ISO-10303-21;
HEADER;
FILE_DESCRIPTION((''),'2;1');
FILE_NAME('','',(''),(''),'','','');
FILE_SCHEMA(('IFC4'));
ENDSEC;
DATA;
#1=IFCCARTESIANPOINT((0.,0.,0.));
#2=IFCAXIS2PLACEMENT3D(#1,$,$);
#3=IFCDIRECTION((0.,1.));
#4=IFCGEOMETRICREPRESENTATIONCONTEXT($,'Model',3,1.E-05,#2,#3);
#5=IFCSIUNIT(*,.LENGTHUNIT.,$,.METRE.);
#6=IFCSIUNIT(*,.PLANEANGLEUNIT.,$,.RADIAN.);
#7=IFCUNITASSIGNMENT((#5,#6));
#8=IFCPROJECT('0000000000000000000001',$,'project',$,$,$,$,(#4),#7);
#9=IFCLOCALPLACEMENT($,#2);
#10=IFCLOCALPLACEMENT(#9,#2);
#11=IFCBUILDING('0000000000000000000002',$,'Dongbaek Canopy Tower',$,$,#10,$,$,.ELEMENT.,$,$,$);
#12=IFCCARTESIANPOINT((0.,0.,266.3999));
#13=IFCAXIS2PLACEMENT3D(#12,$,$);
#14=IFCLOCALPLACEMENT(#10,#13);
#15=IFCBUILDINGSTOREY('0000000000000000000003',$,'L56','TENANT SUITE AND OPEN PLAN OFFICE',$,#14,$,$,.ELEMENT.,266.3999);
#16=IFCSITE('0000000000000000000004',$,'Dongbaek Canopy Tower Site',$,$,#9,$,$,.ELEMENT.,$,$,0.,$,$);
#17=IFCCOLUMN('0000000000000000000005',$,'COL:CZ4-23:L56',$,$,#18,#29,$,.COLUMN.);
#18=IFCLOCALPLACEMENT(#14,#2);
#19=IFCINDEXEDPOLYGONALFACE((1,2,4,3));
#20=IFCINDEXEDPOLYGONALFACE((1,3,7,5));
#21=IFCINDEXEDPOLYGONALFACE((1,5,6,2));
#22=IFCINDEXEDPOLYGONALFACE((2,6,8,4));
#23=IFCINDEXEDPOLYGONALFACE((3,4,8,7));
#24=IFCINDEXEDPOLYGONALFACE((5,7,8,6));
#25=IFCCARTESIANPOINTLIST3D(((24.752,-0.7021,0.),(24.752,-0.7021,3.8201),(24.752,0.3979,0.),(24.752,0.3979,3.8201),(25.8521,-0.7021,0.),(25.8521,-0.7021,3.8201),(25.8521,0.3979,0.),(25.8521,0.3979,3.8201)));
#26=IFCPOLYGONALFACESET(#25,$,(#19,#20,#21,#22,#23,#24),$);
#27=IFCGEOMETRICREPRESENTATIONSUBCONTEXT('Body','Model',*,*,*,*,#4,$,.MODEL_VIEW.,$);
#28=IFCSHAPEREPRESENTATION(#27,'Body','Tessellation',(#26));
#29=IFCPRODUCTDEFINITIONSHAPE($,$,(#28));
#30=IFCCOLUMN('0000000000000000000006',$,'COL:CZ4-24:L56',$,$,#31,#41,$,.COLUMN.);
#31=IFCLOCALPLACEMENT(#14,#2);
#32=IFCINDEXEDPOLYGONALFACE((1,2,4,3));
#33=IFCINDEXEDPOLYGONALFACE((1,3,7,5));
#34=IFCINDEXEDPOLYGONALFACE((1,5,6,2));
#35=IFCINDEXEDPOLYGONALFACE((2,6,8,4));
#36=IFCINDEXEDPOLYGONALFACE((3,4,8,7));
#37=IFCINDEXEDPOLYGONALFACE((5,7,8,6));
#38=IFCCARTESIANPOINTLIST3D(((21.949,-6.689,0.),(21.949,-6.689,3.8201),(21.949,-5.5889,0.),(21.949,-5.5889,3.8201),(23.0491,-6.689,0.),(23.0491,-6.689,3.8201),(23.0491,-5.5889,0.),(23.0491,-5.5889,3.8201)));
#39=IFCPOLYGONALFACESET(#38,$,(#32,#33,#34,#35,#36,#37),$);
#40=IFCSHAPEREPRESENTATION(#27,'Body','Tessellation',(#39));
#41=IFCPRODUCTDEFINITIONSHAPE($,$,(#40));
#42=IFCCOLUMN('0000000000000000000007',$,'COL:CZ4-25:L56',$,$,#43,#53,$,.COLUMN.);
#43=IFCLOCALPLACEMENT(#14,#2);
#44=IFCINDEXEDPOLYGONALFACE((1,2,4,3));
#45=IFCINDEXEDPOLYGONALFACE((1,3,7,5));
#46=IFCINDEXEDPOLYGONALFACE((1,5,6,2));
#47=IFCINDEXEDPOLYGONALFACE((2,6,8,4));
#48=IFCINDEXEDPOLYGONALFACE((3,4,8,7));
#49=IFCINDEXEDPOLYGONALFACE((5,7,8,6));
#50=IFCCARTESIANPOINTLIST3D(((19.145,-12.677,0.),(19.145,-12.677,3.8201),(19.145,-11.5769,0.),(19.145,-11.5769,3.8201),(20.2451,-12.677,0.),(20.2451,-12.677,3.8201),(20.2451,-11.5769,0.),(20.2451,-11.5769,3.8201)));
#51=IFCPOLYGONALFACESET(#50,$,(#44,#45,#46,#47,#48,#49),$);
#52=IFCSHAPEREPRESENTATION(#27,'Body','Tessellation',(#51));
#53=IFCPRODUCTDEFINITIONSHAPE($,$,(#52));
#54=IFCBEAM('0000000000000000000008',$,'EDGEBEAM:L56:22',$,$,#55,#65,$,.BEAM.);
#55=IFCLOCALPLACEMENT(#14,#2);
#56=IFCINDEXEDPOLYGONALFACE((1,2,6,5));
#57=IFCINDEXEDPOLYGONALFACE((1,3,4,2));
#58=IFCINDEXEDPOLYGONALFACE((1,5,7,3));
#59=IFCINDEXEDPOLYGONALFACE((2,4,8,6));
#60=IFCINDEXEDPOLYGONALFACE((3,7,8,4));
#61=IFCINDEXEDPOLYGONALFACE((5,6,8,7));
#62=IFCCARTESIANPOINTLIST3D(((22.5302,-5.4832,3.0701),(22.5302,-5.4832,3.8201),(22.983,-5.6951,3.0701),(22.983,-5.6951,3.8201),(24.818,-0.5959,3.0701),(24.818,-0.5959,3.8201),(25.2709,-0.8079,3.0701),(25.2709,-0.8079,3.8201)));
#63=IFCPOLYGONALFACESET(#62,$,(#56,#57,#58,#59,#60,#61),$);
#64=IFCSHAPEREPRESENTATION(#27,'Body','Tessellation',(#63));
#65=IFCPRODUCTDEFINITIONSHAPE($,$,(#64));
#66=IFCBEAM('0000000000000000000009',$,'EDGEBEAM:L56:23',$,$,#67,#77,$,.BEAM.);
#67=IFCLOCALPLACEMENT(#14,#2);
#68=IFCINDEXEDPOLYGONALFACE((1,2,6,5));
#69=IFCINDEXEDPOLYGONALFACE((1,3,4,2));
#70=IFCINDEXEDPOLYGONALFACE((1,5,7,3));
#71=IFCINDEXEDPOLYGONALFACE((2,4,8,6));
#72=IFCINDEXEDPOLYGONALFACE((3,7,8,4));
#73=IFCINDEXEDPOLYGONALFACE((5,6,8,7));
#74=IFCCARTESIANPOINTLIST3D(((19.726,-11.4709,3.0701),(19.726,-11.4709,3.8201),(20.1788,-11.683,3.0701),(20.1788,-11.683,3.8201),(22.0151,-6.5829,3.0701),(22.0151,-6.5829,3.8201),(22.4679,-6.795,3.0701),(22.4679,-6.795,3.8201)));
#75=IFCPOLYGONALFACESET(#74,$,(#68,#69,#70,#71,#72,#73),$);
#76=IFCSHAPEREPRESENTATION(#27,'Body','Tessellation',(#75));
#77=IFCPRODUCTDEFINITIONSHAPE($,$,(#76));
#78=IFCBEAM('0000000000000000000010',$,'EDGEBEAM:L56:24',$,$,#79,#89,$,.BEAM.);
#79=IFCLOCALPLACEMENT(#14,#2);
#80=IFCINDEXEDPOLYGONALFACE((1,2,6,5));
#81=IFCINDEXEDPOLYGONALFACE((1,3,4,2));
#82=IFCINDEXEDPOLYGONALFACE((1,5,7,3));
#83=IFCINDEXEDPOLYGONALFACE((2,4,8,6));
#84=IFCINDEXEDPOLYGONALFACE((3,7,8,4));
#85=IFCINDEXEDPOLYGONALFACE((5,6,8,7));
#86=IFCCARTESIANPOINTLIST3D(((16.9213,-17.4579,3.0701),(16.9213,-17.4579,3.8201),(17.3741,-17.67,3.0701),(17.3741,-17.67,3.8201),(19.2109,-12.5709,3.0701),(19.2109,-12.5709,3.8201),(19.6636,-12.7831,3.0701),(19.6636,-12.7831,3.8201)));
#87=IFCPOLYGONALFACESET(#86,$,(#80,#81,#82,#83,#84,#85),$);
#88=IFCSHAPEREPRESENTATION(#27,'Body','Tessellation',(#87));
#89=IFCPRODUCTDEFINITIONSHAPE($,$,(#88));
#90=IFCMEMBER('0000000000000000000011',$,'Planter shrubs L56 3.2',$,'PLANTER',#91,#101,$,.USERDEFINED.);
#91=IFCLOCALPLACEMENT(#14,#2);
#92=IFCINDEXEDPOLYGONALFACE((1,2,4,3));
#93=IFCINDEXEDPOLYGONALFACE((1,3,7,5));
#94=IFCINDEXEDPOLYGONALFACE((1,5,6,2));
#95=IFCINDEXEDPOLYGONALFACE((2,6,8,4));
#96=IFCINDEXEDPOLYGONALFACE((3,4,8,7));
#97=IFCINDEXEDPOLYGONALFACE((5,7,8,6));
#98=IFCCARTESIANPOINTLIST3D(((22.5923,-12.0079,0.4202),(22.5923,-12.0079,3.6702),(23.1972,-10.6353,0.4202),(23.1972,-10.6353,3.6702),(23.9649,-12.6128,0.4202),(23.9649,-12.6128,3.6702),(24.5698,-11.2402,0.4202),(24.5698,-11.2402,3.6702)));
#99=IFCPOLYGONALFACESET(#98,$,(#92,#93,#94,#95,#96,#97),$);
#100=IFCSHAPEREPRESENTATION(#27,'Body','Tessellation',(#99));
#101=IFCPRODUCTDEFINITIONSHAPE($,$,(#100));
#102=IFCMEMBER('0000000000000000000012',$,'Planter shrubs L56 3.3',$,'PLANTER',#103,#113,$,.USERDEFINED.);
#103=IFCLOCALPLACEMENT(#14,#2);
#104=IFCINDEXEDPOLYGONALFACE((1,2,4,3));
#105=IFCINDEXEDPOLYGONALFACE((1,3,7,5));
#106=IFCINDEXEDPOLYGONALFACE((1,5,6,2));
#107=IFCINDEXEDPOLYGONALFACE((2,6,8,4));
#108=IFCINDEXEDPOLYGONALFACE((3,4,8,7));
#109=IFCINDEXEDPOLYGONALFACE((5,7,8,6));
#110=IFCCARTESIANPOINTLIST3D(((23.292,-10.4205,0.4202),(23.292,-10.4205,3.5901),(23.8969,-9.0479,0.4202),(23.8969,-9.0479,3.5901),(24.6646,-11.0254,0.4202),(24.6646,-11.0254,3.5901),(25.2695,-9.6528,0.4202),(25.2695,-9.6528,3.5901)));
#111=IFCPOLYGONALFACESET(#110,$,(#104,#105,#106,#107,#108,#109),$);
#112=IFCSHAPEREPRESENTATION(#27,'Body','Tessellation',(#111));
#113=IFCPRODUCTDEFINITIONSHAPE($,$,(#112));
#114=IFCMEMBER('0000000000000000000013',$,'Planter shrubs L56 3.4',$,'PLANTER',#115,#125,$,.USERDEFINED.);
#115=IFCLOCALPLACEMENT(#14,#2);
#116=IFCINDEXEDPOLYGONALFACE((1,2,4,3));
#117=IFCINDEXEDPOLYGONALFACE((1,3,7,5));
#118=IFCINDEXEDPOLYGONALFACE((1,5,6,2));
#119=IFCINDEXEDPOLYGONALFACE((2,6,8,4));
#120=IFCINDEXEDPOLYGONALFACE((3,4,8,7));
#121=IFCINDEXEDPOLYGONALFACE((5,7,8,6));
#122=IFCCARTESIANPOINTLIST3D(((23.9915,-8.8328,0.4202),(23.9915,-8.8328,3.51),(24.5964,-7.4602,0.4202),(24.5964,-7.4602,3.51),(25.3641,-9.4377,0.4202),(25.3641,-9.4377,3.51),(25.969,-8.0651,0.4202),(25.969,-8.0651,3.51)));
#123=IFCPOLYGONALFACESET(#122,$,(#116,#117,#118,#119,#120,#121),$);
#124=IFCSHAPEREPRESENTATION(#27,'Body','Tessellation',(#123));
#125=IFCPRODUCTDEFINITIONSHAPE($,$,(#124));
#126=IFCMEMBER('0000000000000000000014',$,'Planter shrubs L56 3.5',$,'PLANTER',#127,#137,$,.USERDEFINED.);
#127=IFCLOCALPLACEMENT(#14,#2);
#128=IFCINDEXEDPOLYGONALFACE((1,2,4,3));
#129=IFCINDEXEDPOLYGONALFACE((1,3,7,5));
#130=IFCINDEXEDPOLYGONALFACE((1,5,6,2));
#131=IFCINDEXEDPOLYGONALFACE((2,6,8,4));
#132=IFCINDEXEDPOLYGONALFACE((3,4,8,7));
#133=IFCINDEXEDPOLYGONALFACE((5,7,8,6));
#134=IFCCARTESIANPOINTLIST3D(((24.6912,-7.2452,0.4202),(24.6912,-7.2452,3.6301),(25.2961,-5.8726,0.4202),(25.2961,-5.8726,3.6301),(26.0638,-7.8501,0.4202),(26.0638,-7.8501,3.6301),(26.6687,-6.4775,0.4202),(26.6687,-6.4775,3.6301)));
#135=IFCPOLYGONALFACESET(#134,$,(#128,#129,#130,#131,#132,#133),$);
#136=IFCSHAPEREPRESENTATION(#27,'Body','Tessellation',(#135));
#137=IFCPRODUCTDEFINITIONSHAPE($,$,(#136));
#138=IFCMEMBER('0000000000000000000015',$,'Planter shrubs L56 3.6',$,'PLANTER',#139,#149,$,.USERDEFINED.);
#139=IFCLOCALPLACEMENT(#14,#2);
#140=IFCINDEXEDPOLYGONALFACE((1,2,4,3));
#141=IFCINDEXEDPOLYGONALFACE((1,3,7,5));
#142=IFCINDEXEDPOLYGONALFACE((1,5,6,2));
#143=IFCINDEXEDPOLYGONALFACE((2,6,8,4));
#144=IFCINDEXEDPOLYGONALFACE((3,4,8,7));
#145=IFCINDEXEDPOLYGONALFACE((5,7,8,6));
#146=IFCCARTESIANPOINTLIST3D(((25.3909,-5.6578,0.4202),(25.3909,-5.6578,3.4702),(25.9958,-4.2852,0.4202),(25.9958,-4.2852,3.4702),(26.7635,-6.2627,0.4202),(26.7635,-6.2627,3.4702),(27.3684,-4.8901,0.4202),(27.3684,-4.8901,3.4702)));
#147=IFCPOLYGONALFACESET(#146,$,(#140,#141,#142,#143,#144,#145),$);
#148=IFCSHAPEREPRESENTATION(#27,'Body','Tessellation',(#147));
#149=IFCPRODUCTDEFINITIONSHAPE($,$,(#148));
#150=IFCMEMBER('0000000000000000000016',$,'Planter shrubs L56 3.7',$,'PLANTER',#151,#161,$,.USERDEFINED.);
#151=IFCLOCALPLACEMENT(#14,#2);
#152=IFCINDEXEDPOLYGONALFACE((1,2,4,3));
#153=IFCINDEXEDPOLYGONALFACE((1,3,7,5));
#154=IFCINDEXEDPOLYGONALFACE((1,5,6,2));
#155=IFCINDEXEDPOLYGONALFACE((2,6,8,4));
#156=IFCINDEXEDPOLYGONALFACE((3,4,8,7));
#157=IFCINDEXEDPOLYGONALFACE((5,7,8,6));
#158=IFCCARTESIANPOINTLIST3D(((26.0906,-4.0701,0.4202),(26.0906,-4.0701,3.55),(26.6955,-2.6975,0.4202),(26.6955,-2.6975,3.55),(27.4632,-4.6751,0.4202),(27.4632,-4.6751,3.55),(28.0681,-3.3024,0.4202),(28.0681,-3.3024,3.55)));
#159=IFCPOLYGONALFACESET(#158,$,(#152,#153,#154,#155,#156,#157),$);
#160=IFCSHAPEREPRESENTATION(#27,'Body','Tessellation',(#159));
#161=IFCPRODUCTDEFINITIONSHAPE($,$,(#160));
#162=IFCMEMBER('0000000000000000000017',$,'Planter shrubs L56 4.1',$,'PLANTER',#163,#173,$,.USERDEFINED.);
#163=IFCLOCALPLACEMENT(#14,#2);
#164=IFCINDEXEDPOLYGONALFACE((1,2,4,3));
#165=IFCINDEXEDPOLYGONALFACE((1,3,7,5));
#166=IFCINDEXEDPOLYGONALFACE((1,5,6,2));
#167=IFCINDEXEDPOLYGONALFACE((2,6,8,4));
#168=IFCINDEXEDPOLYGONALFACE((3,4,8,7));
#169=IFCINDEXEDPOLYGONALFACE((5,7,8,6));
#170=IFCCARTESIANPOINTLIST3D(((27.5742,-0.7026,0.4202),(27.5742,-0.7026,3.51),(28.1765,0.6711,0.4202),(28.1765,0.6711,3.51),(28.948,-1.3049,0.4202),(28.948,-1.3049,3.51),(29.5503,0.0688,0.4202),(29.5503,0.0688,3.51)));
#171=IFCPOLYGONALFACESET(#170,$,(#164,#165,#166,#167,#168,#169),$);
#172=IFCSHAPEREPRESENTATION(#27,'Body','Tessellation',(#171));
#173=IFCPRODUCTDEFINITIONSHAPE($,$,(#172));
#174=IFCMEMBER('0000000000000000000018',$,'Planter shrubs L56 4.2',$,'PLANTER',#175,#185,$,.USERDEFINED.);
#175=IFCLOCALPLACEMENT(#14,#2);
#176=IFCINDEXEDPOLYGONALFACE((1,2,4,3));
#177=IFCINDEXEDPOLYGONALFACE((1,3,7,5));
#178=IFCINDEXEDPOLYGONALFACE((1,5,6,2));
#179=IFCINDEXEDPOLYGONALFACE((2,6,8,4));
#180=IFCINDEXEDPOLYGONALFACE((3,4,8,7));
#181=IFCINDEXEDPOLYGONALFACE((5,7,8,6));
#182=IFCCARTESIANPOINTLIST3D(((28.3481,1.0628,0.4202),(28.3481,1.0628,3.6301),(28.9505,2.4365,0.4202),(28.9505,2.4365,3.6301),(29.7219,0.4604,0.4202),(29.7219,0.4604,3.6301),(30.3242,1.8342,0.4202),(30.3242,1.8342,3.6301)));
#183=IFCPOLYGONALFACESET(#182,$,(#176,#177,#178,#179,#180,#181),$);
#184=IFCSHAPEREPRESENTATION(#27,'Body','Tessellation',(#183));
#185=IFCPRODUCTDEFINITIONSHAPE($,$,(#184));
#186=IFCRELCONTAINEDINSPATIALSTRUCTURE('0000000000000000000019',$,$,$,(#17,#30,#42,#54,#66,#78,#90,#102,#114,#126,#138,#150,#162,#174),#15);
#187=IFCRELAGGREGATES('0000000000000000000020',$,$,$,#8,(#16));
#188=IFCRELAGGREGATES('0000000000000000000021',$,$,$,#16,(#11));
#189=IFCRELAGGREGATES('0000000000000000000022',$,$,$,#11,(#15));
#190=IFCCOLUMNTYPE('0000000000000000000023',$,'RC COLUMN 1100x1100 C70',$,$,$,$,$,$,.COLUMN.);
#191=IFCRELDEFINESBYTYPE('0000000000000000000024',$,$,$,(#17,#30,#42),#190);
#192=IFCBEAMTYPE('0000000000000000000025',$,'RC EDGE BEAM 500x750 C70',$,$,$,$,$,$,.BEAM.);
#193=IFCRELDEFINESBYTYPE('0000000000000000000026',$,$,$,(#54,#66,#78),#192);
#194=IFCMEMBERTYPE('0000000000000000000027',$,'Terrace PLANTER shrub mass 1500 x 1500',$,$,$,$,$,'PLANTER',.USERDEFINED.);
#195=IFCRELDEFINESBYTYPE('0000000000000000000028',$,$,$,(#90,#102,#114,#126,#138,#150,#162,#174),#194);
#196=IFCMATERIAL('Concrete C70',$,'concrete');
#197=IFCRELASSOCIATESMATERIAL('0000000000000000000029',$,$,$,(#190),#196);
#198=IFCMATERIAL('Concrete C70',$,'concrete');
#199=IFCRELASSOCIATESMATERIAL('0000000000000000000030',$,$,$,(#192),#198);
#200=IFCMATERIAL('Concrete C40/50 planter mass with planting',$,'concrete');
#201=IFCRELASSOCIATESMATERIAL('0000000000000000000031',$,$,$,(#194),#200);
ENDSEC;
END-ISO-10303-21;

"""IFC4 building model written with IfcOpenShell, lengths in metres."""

from ifc_helpers import new_model, si_unit, direction, frame, origin, origin_2d, place, context, subcontext, project, spatial, rectangle, extrude, material, material_profile, profile_set, type_object, element, save


model = new_model("IFC4")

# Units and contexts
model_context = context("Model", 3, precision=1e-05, world=origin(), true_north=direction((0.0, 1.0)))
body_context = subcontext(model_context, "Body", "Model", "MODEL_VIEW")
ifc_project = project(units=[si_unit("LENGTHUNIT", "METRE"), si_unit("PLANEANGLEUNIT", "RADIAN")], contexts=[model_context])

# Site, building, storey
site_placement = place(None, origin())
site = spatial("IfcSite", under=ifc_project, at=site_placement, Name="Dongbaek Canopy Tower Site", CompositionType="ELEMENT", RefElevation=0.0)
building_placement = place(site_placement, origin())
building = spatial("IfcBuilding", under=site, at=building_placement, Name="Dongbaek Canopy Tower", CompositionType="ELEMENT")
storey_placement = place(building_placement, frame((0.0, 0.0, 266.3999)))
storey = spatial("IfcBuildingStorey", under=building, at=storey_placement, Name="L56", Description="TENANT SUITE AND OPEN PLAN OFFICE", CompositionType="ELEMENT", Elevation=266.3999)

# Columns
ifc_material_1 = material(Name="Concrete C70", Category="concrete")
ifc_material_profile_1 = material_profile(ifc_material_1, rectangle(XDim=1.1001, YDim=1.1001, at=origin_2d()), Name="RC COLUMN 1100x1100 C70")
ifc_profile_set_1 = profile_set([ifc_material_profile_1], Name="Concrete C70")
column_type = type_object("IfcColumnType", Name="RC COLUMN 1100x1100 C70", PredefinedType="COLUMN", material=ifc_profile_set_1)
for number, where, z_axis, x_axis, name in (
    (1, (25.302, -0.1521, 0.0), (0.0, 0.0, 1.0), (1.0, 0.0, 0.0), "COL:CZ4-23:L56"),
    (2, (22.499, -6.1389, 0.0), (0.0, 0.0, 1.0), (1.0, 0.0, 0.0), "COL:CZ4-24:L56"),
    (3, (19.6951, -12.127, 0.0), (0.0, 0.0, 1.0), (1.0, 0.0, 0.0), "COL:CZ4-25:L56"),
):
    element("IfcColumn", number, at=place(storey_placement, frame(where, z_axis=z_axis, x_axis=x_axis)), inside=storey, type_object=column_type, Name=name, PredefinedType="COLUMN", context=body_context, shape_type="SweptSolid", body=[
        extrude(rectangle(XDim=1.1001, YDim=1.1001, at=origin_2d()), origin(), (0.0, 0.0, 1.0), 3.8201),
    ])

# Beams
ifc_material_2 = material(Name="Concrete C70", Category="concrete")
ifc_material_profile_2 = material_profile(ifc_material_2, rectangle(XDim=0.5, YDim=0.75, at=origin_2d()), Name="RC EDGE BEAM 500x750 C70")
ifc_profile_set_2 = profile_set([ifc_material_profile_2], Name="Concrete C70")
beam_type = type_object("IfcBeamType", Name="RC EDGE BEAM 500x750 C70", PredefinedType="BEAM", material=ifc_profile_set_2)
beam_1_placement = place(storey_placement, frame((25.0444, -0.7019, 3.4451), z_axis=(-0.423972, -0.905675, 0.0), x_axis=(0.905675, -0.423972, 0.0)))
element("IfcBeam", 4, at=beam_1_placement, inside=storey, type_object=beam_type, Name="EDGEBEAM:L56:22", PredefinedType="BEAM", context=body_context, shape_type="SweptSolid", body=[
    extrude(rectangle(XDim=0.5, YDim=0.75, at=origin_2d()), origin(), (0.0, 0.0, 1.0), 5.3962),
])
beam_2_placement = place(storey_placement, frame((22.2415, -6.689, 3.4451), z_axis=(-0.424106, -0.905613, 0.0), x_axis=(0.905613, -0.424106, 0.0)))
element("IfcBeam", 5, at=beam_2_placement, inside=storey, type_object=beam_type, Name="EDGEBEAM:L56:23", PredefinedType="BEAM", context=body_context, shape_type="SweptSolid", body=[
    extrude(rectangle(XDim=0.5, YDim=0.75, at=origin_2d()), origin(), (0.0, 0.0, 1.0), 5.3975),
])
beam_3_placement = place(storey_placement, frame((19.4373, -12.677, 3.4451), z_axis=(-0.42425, -0.905545, 0.0), x_axis=(0.905545, -0.42425, 0.0)))
element("IfcBeam", 6, at=beam_3_placement, inside=storey, type_object=beam_type, Name="EDGEBEAM:L56:24", PredefinedType="BEAM", context=body_context, shape_type="SweptSolid", body=[
    extrude(rectangle(XDim=0.5, YDim=0.75, at=origin_2d()), origin(), (0.0, 0.0, 1.0), 5.3967),
])

# Members
ifc_material_3 = material(Name="Concrete C40/50 planter mass with planting", Category="concrete")
ifc_material_profile_3 = material_profile(ifc_material_3, rectangle(XDim=1.5, YDim=1.5, at=origin_2d()), Name="Terrace PLANTER shrub mass 1500 x 1500")
ifc_profile_set_3 = profile_set([ifc_material_profile_3], Name="Concrete C40/50 planter mass with planting")
member_type = type_object("IfcMemberType", Name="Terrace PLANTER shrub mass 1500 x 1500", ElementType="PLANTER", PredefinedType="USERDEFINED", material=ifc_profile_set_3)
member_1_placement = place(storey_placement, frame((23.5811, -11.624, 0.4202), z_axis=(0.0, 0.0, 1.0), x_axis=(0.915073, -0.403288, 0.0)))
element("IfcMember", 7, at=member_1_placement, inside=storey, type_object=member_type, Name="Planter shrubs L56 3.2", ObjectType="PLANTER", PredefinedType="USERDEFINED", context=body_context, shape_type="SweptSolid", body=[
    extrude(rectangle(XDim=1.5, YDim=1.5, at=origin_2d()), origin(), (0.0, 0.0, 1.0), 3.25),
])
member_2_placement = place(storey_placement, frame((24.2808, -10.0366, 0.4202), z_axis=(0.0, 0.0, 1.0), x_axis=(0.915073, -0.403288, 0.0)))
element("IfcMember", 8, at=member_2_placement, inside=storey, type_object=member_type, Name="Planter shrubs L56 3.3", ObjectType="PLANTER", PredefinedType="USERDEFINED", context=body_context, shape_type="SweptSolid", body=[
    extrude(rectangle(XDim=1.5, YDim=1.5, at=origin_2d()), origin(), (0.0, 0.0, 1.0), 3.1699),
])
member_3_placement = place(storey_placement, frame((24.9802, -8.449, 0.4202), z_axis=(0.0, 0.0, 1.0), x_axis=(0.915073, -0.403288, 0.0)))
element("IfcMember", 9, at=member_3_placement, inside=storey, type_object=member_type, Name="Planter shrubs L56 3.4", ObjectType="PLANTER", PredefinedType="USERDEFINED", context=body_context, shape_type="SweptSolid", body=[
    extrude(rectangle(XDim=1.5, YDim=1.5, at=origin_2d()), origin(), (0.0, 0.0, 1.0), 3.0898),
])
member_4_placement = place(storey_placement, frame((25.6799, -6.8613, 0.4202), z_axis=(0.0, 0.0, 1.0), x_axis=(0.915073, -0.403288, 0.0)))
element("IfcMember", 10, at=member_4_placement, inside=storey, type_object=member_type, Name="Planter shrubs L56 3.5", ObjectType="PLANTER", PredefinedType="USERDEFINED", context=body_context, shape_type="SweptSolid", body=[
    extrude(rectangle(XDim=1.5, YDim=1.5, at=origin_2d()), origin(), (0.0, 0.0, 1.0), 3.21),
])
member_5_placement = place(storey_placement, frame((26.3796, -5.2739, 0.4202), z_axis=(0.0, 0.0, 1.0), x_axis=(0.915073, -0.403288, 0.0)))
element("IfcMember", 11, at=member_5_placement, inside=storey, type_object=member_type, Name="Planter shrubs L56 3.6", ObjectType="PLANTER", PredefinedType="USERDEFINED", context=body_context, shape_type="SweptSolid", body=[
    extrude(rectangle(XDim=1.5, YDim=1.5, at=origin_2d()), origin(), (0.0, 0.0, 1.0), 3.05),
])
member_6_placement = place(storey_placement, frame((27.0793, -3.6863, 0.4202), z_axis=(0.0, 0.0, 1.0), x_axis=(0.915073, -0.403288, 0.0)))
element("IfcMember", 12, at=member_6_placement, inside=storey, type_object=member_type, Name="Planter shrubs L56 3.7", ObjectType="PLANTER", PredefinedType="USERDEFINED", context=body_context, shape_type="SweptSolid", body=[
    extrude(rectangle(XDim=1.5, YDim=1.5, at=origin_2d()), origin(), (0.0, 0.0, 1.0), 3.1299),
])
member_7_placement = place(storey_placement, frame((28.5623, -0.3169, 0.4202), z_axis=(0.0, 0.0, 1.0), x_axis=(0.915838, -0.401549, 0.0)))
element("IfcMember", 13, at=member_7_placement, inside=storey, type_object=member_type, Name="Planter shrubs L56 4.1", ObjectType="PLANTER", PredefinedType="USERDEFINED", context=body_context, shape_type="SweptSolid", body=[
    extrude(rectangle(XDim=1.5, YDim=1.5, at=origin_2d()), origin(), (0.0, 0.0, 1.0), 3.0898),
])
member_8_placement = place(storey_placement, frame((29.3362, 1.4485, 0.4202), z_axis=(0.0, 0.0, 1.0), x_axis=(0.915838, -0.401549, 0.0)))
element("IfcMember", 14, at=member_8_placement, inside=storey, type_object=member_type, Name="Planter shrubs L56 4.2", ObjectType="PLANTER", PredefinedType="USERDEFINED", context=body_context, shape_type="SweptSolid", body=[
    extrude(rectangle(XDim=1.5, YDim=1.5, at=origin_2d()), origin(), (0.0, 0.0, 1.0), 3.21),
])

save(model, "model.ifc")
